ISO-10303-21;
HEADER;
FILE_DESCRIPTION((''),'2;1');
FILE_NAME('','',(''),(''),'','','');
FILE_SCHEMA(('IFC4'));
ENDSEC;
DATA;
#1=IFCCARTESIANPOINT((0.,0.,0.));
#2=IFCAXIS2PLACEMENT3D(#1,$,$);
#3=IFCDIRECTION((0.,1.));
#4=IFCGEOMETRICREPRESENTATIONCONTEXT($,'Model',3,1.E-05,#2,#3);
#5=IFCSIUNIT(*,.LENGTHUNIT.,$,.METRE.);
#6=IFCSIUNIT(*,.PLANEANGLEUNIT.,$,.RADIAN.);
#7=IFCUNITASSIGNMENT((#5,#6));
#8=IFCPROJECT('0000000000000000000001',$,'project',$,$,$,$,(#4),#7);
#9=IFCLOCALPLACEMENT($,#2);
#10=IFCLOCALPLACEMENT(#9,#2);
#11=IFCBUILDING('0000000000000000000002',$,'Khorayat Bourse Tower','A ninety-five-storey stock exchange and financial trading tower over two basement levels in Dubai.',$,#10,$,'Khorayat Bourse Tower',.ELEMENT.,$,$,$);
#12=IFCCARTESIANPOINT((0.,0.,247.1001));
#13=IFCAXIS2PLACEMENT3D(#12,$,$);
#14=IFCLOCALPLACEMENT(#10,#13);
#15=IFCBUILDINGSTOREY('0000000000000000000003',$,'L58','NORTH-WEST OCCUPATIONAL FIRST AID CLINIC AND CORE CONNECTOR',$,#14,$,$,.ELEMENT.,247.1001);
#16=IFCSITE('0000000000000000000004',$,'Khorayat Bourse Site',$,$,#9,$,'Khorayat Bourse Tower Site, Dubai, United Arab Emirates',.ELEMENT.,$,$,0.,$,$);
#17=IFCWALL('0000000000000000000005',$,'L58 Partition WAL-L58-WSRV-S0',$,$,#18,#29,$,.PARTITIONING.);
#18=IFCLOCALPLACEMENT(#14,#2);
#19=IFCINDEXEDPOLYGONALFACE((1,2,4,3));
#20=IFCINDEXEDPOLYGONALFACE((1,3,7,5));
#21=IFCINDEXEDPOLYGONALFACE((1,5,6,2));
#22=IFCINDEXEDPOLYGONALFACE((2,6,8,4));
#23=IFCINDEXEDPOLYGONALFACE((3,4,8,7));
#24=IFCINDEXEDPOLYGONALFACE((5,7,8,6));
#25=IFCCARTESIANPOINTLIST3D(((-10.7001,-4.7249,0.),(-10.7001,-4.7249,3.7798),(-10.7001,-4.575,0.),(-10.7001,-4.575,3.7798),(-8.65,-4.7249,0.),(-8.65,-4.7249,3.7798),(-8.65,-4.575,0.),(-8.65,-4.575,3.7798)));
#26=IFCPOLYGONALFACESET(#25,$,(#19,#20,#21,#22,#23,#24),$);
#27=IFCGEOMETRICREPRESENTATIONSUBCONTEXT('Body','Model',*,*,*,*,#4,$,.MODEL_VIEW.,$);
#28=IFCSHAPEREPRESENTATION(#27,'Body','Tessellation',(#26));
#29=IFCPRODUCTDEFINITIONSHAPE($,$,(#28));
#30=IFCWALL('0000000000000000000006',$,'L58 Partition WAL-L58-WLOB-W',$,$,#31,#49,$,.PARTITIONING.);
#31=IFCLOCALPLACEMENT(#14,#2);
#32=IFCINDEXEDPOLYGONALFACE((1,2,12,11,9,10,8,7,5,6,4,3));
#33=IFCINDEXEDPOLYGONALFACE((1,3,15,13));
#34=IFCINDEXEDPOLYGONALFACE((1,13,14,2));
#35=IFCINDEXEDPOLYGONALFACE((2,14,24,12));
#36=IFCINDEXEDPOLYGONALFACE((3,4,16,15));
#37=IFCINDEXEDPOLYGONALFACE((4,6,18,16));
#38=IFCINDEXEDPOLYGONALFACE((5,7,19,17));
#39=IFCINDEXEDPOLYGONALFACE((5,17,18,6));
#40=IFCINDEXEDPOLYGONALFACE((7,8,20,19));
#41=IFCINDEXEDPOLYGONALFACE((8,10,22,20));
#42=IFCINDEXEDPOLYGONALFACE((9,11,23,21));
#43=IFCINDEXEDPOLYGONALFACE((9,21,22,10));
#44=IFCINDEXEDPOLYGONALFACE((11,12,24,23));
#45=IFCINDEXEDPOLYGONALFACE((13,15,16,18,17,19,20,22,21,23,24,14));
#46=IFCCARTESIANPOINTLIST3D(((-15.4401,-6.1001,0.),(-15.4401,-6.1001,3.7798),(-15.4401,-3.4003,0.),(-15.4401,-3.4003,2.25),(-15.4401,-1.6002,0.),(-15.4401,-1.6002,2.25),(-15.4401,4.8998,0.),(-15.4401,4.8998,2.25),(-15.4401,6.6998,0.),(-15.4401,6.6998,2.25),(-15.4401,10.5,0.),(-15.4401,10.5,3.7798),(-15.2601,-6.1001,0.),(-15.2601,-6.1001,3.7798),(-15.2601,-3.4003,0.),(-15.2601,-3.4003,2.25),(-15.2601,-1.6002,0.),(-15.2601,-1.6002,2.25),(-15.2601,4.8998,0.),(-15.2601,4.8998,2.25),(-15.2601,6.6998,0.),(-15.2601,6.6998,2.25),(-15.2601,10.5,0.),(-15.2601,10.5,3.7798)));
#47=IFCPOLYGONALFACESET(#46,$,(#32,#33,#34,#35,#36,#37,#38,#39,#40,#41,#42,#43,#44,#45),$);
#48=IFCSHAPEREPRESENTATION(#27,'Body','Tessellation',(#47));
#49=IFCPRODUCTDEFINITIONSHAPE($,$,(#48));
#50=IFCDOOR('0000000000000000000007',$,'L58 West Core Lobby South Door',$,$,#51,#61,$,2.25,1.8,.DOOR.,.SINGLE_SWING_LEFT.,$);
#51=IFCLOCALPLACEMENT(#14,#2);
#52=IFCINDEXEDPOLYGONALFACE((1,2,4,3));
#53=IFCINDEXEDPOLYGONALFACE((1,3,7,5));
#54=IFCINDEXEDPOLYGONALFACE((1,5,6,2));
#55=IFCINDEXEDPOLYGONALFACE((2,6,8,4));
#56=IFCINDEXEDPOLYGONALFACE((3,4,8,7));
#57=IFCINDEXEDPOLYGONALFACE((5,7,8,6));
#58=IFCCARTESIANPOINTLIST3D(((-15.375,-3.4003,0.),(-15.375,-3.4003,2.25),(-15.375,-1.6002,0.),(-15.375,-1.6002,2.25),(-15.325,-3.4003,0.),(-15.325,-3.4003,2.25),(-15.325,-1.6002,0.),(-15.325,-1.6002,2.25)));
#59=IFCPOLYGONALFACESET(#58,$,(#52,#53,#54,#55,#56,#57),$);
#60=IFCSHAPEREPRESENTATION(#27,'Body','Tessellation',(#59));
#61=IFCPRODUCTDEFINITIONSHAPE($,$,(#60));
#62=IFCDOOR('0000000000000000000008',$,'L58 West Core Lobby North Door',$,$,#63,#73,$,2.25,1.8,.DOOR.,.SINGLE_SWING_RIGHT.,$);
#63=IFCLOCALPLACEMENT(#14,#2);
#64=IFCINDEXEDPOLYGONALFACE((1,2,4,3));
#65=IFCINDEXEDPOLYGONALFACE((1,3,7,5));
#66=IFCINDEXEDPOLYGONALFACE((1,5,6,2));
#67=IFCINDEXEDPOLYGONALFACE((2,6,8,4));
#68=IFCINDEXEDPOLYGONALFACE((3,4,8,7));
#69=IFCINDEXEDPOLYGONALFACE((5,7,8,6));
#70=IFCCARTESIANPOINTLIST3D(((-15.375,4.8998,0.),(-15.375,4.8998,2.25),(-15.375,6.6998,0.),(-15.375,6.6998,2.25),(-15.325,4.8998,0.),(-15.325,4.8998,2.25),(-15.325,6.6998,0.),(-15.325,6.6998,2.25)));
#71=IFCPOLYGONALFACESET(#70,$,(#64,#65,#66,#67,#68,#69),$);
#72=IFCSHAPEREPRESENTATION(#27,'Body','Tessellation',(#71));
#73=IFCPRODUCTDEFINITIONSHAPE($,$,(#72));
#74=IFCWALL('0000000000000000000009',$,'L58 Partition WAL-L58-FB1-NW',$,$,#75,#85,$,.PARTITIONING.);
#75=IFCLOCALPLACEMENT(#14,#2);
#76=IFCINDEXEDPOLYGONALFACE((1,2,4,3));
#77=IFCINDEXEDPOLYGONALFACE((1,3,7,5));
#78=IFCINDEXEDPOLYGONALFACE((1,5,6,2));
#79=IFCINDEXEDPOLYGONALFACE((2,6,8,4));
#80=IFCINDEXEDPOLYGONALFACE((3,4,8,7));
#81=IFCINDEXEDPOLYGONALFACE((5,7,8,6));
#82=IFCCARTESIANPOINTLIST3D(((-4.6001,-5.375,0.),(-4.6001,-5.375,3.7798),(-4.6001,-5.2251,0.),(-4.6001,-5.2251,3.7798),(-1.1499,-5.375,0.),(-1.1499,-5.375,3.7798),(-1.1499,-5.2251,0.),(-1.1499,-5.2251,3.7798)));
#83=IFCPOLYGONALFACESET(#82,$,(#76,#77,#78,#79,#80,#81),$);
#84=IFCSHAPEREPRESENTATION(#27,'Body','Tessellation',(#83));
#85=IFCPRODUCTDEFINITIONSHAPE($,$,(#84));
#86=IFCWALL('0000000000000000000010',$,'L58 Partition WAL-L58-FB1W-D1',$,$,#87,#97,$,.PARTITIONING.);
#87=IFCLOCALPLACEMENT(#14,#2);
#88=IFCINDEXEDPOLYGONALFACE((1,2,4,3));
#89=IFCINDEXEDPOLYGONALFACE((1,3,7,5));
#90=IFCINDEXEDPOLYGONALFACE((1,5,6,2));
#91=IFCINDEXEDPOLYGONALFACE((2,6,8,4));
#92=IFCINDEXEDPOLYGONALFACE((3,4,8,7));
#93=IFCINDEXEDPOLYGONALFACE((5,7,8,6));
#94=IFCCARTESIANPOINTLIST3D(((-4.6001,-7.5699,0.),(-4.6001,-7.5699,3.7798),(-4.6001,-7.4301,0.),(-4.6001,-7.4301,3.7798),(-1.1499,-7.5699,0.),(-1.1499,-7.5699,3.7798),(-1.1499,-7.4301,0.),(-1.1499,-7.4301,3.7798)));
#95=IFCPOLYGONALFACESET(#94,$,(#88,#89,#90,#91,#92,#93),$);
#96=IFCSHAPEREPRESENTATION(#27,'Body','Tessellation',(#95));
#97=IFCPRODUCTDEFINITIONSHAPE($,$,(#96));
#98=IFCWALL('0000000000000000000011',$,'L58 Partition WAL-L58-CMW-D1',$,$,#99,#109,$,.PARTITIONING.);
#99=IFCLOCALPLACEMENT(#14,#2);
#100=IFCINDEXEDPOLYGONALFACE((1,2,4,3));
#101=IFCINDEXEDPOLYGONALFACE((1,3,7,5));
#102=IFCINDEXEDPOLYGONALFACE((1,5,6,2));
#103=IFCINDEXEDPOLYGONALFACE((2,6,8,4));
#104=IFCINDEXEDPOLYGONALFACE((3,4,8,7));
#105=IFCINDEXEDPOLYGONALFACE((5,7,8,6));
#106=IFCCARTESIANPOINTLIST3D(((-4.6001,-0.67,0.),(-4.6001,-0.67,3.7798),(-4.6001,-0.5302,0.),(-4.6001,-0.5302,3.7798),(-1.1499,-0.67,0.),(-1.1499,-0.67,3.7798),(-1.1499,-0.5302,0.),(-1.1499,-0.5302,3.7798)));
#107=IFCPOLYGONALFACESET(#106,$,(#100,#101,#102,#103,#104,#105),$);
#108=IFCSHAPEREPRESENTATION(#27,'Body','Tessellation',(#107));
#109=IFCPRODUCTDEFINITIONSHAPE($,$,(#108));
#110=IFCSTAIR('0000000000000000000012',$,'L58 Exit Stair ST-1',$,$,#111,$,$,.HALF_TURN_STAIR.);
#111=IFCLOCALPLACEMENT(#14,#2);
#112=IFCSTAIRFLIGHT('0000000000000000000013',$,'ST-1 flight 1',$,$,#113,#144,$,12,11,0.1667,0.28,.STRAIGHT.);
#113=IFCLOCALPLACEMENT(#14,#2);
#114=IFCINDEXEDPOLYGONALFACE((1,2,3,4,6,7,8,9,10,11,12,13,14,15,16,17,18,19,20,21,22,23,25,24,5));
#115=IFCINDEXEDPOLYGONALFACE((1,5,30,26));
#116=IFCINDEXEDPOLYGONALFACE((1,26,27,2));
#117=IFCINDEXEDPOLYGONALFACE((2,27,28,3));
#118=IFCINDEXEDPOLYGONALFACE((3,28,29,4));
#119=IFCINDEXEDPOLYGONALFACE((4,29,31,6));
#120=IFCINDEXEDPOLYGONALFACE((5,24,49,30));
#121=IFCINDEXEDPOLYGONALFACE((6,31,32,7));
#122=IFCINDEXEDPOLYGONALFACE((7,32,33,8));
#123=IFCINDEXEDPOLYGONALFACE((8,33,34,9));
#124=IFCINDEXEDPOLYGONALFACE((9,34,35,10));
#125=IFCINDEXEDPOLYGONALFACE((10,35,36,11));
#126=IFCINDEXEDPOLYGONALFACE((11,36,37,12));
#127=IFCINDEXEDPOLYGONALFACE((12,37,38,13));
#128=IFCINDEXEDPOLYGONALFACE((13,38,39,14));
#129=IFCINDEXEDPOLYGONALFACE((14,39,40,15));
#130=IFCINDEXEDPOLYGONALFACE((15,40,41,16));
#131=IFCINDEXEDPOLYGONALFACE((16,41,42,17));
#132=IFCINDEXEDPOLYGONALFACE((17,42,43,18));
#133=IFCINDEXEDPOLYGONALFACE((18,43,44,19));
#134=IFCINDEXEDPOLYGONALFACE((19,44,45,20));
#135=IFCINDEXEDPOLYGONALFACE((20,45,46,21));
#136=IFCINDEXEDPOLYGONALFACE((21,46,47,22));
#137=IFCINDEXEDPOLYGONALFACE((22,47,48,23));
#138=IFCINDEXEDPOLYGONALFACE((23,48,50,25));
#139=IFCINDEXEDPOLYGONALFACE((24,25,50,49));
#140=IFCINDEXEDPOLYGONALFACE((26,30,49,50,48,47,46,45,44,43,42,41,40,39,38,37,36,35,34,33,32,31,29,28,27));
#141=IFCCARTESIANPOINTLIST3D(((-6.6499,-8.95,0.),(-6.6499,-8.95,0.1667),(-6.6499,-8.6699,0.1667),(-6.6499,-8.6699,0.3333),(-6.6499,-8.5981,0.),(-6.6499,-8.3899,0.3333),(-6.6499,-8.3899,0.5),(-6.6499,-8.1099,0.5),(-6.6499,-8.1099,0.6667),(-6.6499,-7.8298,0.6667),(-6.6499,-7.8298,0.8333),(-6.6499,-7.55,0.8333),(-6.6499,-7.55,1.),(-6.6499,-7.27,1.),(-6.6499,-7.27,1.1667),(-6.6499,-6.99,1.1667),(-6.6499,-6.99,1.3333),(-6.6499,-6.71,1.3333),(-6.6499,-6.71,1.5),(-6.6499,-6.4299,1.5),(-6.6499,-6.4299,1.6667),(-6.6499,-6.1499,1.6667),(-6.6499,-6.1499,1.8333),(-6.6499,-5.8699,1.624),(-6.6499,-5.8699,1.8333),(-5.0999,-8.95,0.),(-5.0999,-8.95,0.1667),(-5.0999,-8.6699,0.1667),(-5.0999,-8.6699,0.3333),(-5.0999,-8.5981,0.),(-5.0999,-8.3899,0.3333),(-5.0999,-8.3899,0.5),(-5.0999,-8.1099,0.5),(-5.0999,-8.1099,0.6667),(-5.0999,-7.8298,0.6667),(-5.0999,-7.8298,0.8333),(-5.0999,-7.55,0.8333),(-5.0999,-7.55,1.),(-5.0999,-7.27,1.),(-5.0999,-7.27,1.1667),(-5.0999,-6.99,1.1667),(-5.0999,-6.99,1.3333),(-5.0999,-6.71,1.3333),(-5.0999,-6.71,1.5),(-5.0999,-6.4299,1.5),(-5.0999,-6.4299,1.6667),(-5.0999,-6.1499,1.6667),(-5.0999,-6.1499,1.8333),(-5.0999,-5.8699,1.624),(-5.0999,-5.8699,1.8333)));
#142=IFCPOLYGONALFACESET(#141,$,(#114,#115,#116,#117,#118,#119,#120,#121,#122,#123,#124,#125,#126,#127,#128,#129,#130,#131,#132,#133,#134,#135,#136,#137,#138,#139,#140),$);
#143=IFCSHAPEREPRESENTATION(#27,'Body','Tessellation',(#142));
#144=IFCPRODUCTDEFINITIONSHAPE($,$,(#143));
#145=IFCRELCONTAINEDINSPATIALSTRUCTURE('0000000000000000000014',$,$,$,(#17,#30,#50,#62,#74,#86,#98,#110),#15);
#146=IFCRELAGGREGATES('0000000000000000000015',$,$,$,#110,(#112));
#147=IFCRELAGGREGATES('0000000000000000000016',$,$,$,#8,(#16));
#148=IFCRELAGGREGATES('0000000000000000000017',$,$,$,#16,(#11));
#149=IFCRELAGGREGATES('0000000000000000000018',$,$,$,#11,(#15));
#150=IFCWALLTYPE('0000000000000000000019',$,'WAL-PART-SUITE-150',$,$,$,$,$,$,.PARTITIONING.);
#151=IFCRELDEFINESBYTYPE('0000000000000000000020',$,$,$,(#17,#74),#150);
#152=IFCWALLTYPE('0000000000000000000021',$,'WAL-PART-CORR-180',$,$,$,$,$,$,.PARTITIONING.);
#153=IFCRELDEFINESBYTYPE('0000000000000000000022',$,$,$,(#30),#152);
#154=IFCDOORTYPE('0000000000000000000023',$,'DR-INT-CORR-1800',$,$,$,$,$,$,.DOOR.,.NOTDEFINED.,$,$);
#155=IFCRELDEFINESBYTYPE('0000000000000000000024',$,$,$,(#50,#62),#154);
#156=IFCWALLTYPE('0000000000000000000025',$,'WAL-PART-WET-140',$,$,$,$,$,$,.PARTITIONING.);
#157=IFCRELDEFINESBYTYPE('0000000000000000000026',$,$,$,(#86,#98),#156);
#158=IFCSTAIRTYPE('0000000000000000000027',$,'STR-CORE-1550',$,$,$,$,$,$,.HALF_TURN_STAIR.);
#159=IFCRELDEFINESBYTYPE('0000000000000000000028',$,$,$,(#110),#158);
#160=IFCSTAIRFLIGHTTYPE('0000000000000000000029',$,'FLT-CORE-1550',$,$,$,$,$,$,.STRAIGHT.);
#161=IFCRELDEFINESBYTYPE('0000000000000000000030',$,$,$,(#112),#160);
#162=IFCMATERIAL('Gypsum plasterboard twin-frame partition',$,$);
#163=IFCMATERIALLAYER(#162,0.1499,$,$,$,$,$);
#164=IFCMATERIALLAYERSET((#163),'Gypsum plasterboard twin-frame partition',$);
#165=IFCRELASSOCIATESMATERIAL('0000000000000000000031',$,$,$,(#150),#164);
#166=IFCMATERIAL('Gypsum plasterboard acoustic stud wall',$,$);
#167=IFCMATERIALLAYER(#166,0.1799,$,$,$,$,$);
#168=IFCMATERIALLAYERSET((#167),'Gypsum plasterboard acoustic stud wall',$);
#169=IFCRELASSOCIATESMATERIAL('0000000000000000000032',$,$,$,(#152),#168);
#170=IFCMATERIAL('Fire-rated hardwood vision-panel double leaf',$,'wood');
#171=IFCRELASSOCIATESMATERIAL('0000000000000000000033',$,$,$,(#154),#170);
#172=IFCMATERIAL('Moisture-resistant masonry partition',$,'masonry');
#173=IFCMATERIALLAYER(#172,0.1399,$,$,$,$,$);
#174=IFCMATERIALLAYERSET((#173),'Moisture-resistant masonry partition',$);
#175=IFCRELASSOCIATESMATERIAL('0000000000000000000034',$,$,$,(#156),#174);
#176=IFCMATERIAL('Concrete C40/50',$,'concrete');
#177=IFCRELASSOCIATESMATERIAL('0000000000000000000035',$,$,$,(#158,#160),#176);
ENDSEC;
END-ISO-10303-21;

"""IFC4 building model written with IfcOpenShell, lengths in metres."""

from ifc_helpers import new_model, si_unit, direction, frame, frame_2d, origin, place, context, subcontext, project, spatial, polyline, rectangle, outline, extrude, source, transform, mapped, material, layer, layer_set, type_object, element, fill, aggregate, save


model = new_model("IFC4")

# Units and contexts
model_context = context("Model", 3, precision=1e-05, world=origin(), true_north=direction((0.0, 1.0)))
body_context = subcontext(model_context, "Body", "Model", "MODEL_VIEW")
ifc_project = project(units=[si_unit("LENGTHUNIT", "METRE"), si_unit("PLANEANGLEUNIT", "RADIAN")], contexts=[model_context])

# Site, building, storey
site_placement = place(None, origin())
site = spatial("IfcSite", under=ifc_project, at=site_placement, Name="Khorayat Bourse Site", LongName="Khorayat Bourse Tower Site, Dubai, United Arab Emirates", CompositionType="ELEMENT", RefElevation=0.0)
building_placement = place(site_placement, origin())
building = spatial("IfcBuilding", under=site, at=building_placement, Name="Khorayat Bourse Tower", Description="A ninety-five-storey stock exchange and financial trading tower over two basement levels in Dubai.", LongName="Khorayat Bourse Tower", CompositionType="ELEMENT")
storey_placement = place(building_placement, frame((0.0, 0.0, 247.1001)))
storey = spatial("IfcBuildingStorey", under=building, at=storey_placement, Name="L58", Description="NORTH-WEST OCCUPATIONAL FIRST AID CLINIC AND CORE CONNECTOR", CompositionType="ELEMENT", Elevation=247.1001)

# Wall
ifc_material_1 = material(Name="Gypsum plasterboard twin-frame partition")
ifc_layer_1 = layer(ifc_material_1, 0.1499)
ifc_layer_set_1 = layer_set([ifc_layer_1], Name="Gypsum plasterboard twin-frame partition")
wall_type_1 = type_object("IfcWallType", Name="WAL-PART-SUITE-150", PredefinedType="PARTITIONING", material=ifc_layer_set_1)
shared_shape_1 = source(origin(), body_context, "Body", "SweptSolid", [
    extrude(rectangle(XDim=2.05, YDim=0.1499, at=frame_2d((1.0249, 0.0))), origin(), (0.0, 0.0, 1.0), 3.7798),
])
wall_1_placement = place(storey_placement, frame((-10.7, -4.6499, 0.0), z_axis=(0.0, 0.0, 1.0), x_axis=(1.0, 0.0, 0.0)))
element("IfcWall", 1, at=wall_1_placement, inside=storey, type_object=wall_type_1, Name="L58 Partition WAL-L58-WSRV-S0", PredefinedType="PARTITIONING", context=body_context, shape_type="MappedRepresentation", body=[
    mapped(shared_shape_1, transform((0.0, 0.0, 0.0), scale=1.0)),
])

# Wall, openings, doors
ifc_material_2 = material(Name="Gypsum plasterboard acoustic stud wall")
ifc_layer_2 = layer(ifc_material_2, 0.1799)
ifc_layer_set_2 = layer_set([ifc_layer_2], Name="Gypsum plasterboard acoustic stud wall")
wall_type_2 = type_object("IfcWallType", Name="WAL-PART-CORR-180", PredefinedType="PARTITIONING", material=ifc_layer_set_2)
shared_shape_2 = source(origin(), body_context, "Body", "SweptSolid", [
    extrude(rectangle(XDim=16.6001, YDim=0.1799, at=frame_2d((8.3, 0.0))), origin(), (0.0, 0.0, 1.0), 3.7798),
])
wall_2_placement = place(storey_placement, frame((-15.3501, -6.1001, 0.0), z_axis=(0.0, 0.0, 1.0), x_axis=(0.0, 1.0, 0.0)))
wall_2 = element("IfcWall", 2, at=wall_2_placement, inside=storey, type_object=wall_type_2, Name="L58 Partition WAL-L58-WLOB-W", PredefinedType="PARTITIONING", context=body_context, shape_type="MappedRepresentation", body=[
    mapped(shared_shape_2, transform((0.0, 0.0, 0.0), scale=1.0)),
])
shared_shape_3 = source(origin(), body_context, "Body", "SweptSolid", [
    extrude(rectangle(XDim=1.8, YDim=2.25, at=frame_2d((0.8999, 1.125))), frame((0.0, 0.0999, 0.0), z_axis=(0.0, -1.0, 0.0), x_axis=(1.0, 0.0, 0.0)), (0.0, 0.0, 1.0), 0.2),
])
opening_1_placement = place(wall_2_placement, frame((2.7, 0.0, 0.0)))
opening_1 = element("IfcOpeningElement", 3, at=opening_1_placement, cuts=wall_2, PredefinedType="OPENING", context=body_context, shape_type="MappedRepresentation", body=[
    mapped(shared_shape_3, transform((0.0, 0.0, 0.0), scale=1.0)),
])
opening_2_placement = place(wall_2_placement, frame((11.0, 0.0, 0.0)))
opening_2 = element("IfcOpeningElement", 4, at=opening_2_placement, cuts=wall_2, PredefinedType="OPENING", context=body_context, shape_type="MappedRepresentation", body=[
    mapped(shared_shape_3, transform((0.0, 0.0, 0.0), scale=1.0)),
])
ifc_material_3 = material(Name="Fire-rated hardwood vision-panel double leaf", Category="wood")
door_type_1 = type_object("IfcDoorType", Name="DR-INT-CORR-1800", OperationType="NOTDEFINED", PredefinedType="DOOR", material=ifc_material_3)
shared_shape_4 = source(origin(), body_context, "Body", "SweptSolid", [
    extrude(rectangle(XDim=1.8, YDim=2.25, at=frame_2d((0.8999, 1.125))), frame((0.0, 0.0249, 0.0), z_axis=(0.0, -1.0, 0.0), x_axis=(1.0, 0.0, 0.0)), (0.0, 0.0, 1.0), 0.05),
])
door_1_placement = place(opening_1_placement, origin())
door_1 = element("IfcDoor", 5, at=door_1_placement, inside=storey, type_object=door_type_1, Name="L58 West Core Lobby South Door", OperationType="SINGLE_SWING_LEFT", OverallHeight=2.25, OverallWidth=1.8, PredefinedType="DOOR", context=body_context, shape_type="MappedRepresentation", body=[
    mapped(shared_shape_4, transform((0.0, 0.0, 0.0), scale=1.0)),
])
fill(opening_1, door_1)
door_2_placement = place(opening_2_placement, origin())
door_2 = element("IfcDoor", 6, at=door_2_placement, inside=storey, type_object=door_type_1, Name="L58 West Core Lobby North Door", OperationType="SINGLE_SWING_RIGHT", OverallHeight=2.25, OverallWidth=1.8, PredefinedType="DOOR", context=body_context, shape_type="MappedRepresentation", body=[
    mapped(shared_shape_4, transform((0.0, 0.0, 0.0), scale=1.0)),
])
fill(opening_2, door_2)

# Walls
shared_shape_5 = source(origin(), body_context, "Body", "SweptSolid", [
    extrude(rectangle(XDim=3.4502, YDim=0.1499, at=frame_2d((1.7251, 0.0))), origin(), (0.0, 0.0, 1.0), 3.7798),
])
wall_3_placement = place(storey_placement, frame((-4.6001, -5.3, 0.0), z_axis=(0.0, 0.0, 1.0), x_axis=(1.0, 0.0, 0.0)))
element("IfcWall", 7, at=wall_3_placement, inside=storey, type_object=wall_type_1, Name="L58 Partition WAL-L58-FB1-NW", PredefinedType="PARTITIONING", context=body_context, shape_type="MappedRepresentation", body=[
    mapped(shared_shape_5, transform((0.0, 0.0, 0.0), scale=1.0)),
])
ifc_material_4 = material(Name="Moisture-resistant masonry partition", Category="masonry")
ifc_layer_3 = layer(ifc_material_4, 0.1399)
ifc_layer_set_3 = layer_set([ifc_layer_3], Name="Moisture-resistant masonry partition")
wall_type_3 = type_object("IfcWallType", Name="WAL-PART-WET-140", PredefinedType="PARTITIONING", material=ifc_layer_set_3)
shared_shape_6 = source(origin(), body_context, "Body", "SweptSolid", [
    extrude(rectangle(XDim=3.4502, YDim=0.1399, at=frame_2d((1.7251, 0.0))), origin(), (0.0, 0.0, 1.0), 3.7798),
])
for number, where, z_axis, x_axis, name in (
    (8, (-4.6001, -7.5, 0.0), (0.0, 0.0, 1.0), (1.0, 0.0, 0.0), "L58 Partition WAL-L58-FB1W-D1"),
    (9, (-4.6001, -0.6001, 0.0), (0.0, 0.0, 1.0), (1.0, 0.0, 0.0), "L58 Partition WAL-L58-CMW-D1"),
):
    element("IfcWall", number, at=place(storey_placement, frame(where, z_axis=z_axis, x_axis=x_axis)), inside=storey, type_object=wall_type_3, Name=name, PredefinedType="PARTITIONING", context=body_context, shape_type="MappedRepresentation", body=[
        mapped(shared_shape_6, transform((0.0, 0.0, 0.0), scale=1.0)),
    ])

# Stair, stair flight
ifc_material_5 = material(Name="Concrete C40/50", Category="concrete")
stair_type = type_object("IfcStairType", Name="STR-CORE-1550", PredefinedType="HALF_TURN_STAIR", material=ifc_material_5)
stair_placement = place(storey_placement, origin())
stair = element("IfcStair", 10, at=stair_placement, inside=storey, type_object=stair_type, Name="L58 Exit Stair ST-1", PredefinedType="HALF_TURN_STAIR")
stair_flight_type = type_object("IfcStairFlightType", Name="FLT-CORE-1550", PredefinedType="STRAIGHT", material=ifc_material_5)
shared_shape_7 = source(origin(), body_context, "Body", "SweptSolid", [
    extrude(outline(polyline([(0.0, 0.0), (0.0, 0.1667), (0.28, 0.1667), (0.28, 0.3333), (0.5601, 0.3333), (0.5601, 0.5), (0.8401, 0.5), (0.8401, 0.6667), (1.1201, 0.6667), (1.1201, 0.8333), (1.3999, 0.8333), (1.3999, 1.0), (1.6799, 1.0), (1.6799, 1.1667), (1.96, 1.1667), (1.96, 1.3333), (2.24, 1.3333), (2.24, 1.5), (2.52, 1.5), (2.52, 1.6667), (2.8, 1.6667), (2.8, 1.8333), (3.0801, 1.8333), (3.0801, 2.0), (3.0801, 1.624), (0.3518, 0.0), (0.0, 0.0)])), frame((0.0, 0.7749, 0.0), z_axis=(0.0, -1.0, 0.0), x_axis=(1.0, 0.0, 0.0)), (0.0, 0.0, 1.0), 1.55),
])
stair_flight_1_placement = place(storey_placement, frame((-5.875, -8.95, 0.0), z_axis=(0.0, 0.0, 1.0), x_axis=(0.0, 1.0, 0.0)))
stair_flight_1 = element("IfcStairFlight", 11, at=stair_flight_1_placement, type_object=stair_flight_type, Name="ST-1 flight 1", NumberOfRisers=12, NumberOfTreads=11, PredefinedType="STRAIGHT", RiserHeight=0.1667, TreadLength=0.28, context=body_context, shape_type="MappedRepresentation", body=[
    mapped(shared_shape_7, transform((0.0, 0.0, 0.0), scale=1.0)),
])
aggregate(stair, [stair_flight_1])

save(model, "model.ifc")
